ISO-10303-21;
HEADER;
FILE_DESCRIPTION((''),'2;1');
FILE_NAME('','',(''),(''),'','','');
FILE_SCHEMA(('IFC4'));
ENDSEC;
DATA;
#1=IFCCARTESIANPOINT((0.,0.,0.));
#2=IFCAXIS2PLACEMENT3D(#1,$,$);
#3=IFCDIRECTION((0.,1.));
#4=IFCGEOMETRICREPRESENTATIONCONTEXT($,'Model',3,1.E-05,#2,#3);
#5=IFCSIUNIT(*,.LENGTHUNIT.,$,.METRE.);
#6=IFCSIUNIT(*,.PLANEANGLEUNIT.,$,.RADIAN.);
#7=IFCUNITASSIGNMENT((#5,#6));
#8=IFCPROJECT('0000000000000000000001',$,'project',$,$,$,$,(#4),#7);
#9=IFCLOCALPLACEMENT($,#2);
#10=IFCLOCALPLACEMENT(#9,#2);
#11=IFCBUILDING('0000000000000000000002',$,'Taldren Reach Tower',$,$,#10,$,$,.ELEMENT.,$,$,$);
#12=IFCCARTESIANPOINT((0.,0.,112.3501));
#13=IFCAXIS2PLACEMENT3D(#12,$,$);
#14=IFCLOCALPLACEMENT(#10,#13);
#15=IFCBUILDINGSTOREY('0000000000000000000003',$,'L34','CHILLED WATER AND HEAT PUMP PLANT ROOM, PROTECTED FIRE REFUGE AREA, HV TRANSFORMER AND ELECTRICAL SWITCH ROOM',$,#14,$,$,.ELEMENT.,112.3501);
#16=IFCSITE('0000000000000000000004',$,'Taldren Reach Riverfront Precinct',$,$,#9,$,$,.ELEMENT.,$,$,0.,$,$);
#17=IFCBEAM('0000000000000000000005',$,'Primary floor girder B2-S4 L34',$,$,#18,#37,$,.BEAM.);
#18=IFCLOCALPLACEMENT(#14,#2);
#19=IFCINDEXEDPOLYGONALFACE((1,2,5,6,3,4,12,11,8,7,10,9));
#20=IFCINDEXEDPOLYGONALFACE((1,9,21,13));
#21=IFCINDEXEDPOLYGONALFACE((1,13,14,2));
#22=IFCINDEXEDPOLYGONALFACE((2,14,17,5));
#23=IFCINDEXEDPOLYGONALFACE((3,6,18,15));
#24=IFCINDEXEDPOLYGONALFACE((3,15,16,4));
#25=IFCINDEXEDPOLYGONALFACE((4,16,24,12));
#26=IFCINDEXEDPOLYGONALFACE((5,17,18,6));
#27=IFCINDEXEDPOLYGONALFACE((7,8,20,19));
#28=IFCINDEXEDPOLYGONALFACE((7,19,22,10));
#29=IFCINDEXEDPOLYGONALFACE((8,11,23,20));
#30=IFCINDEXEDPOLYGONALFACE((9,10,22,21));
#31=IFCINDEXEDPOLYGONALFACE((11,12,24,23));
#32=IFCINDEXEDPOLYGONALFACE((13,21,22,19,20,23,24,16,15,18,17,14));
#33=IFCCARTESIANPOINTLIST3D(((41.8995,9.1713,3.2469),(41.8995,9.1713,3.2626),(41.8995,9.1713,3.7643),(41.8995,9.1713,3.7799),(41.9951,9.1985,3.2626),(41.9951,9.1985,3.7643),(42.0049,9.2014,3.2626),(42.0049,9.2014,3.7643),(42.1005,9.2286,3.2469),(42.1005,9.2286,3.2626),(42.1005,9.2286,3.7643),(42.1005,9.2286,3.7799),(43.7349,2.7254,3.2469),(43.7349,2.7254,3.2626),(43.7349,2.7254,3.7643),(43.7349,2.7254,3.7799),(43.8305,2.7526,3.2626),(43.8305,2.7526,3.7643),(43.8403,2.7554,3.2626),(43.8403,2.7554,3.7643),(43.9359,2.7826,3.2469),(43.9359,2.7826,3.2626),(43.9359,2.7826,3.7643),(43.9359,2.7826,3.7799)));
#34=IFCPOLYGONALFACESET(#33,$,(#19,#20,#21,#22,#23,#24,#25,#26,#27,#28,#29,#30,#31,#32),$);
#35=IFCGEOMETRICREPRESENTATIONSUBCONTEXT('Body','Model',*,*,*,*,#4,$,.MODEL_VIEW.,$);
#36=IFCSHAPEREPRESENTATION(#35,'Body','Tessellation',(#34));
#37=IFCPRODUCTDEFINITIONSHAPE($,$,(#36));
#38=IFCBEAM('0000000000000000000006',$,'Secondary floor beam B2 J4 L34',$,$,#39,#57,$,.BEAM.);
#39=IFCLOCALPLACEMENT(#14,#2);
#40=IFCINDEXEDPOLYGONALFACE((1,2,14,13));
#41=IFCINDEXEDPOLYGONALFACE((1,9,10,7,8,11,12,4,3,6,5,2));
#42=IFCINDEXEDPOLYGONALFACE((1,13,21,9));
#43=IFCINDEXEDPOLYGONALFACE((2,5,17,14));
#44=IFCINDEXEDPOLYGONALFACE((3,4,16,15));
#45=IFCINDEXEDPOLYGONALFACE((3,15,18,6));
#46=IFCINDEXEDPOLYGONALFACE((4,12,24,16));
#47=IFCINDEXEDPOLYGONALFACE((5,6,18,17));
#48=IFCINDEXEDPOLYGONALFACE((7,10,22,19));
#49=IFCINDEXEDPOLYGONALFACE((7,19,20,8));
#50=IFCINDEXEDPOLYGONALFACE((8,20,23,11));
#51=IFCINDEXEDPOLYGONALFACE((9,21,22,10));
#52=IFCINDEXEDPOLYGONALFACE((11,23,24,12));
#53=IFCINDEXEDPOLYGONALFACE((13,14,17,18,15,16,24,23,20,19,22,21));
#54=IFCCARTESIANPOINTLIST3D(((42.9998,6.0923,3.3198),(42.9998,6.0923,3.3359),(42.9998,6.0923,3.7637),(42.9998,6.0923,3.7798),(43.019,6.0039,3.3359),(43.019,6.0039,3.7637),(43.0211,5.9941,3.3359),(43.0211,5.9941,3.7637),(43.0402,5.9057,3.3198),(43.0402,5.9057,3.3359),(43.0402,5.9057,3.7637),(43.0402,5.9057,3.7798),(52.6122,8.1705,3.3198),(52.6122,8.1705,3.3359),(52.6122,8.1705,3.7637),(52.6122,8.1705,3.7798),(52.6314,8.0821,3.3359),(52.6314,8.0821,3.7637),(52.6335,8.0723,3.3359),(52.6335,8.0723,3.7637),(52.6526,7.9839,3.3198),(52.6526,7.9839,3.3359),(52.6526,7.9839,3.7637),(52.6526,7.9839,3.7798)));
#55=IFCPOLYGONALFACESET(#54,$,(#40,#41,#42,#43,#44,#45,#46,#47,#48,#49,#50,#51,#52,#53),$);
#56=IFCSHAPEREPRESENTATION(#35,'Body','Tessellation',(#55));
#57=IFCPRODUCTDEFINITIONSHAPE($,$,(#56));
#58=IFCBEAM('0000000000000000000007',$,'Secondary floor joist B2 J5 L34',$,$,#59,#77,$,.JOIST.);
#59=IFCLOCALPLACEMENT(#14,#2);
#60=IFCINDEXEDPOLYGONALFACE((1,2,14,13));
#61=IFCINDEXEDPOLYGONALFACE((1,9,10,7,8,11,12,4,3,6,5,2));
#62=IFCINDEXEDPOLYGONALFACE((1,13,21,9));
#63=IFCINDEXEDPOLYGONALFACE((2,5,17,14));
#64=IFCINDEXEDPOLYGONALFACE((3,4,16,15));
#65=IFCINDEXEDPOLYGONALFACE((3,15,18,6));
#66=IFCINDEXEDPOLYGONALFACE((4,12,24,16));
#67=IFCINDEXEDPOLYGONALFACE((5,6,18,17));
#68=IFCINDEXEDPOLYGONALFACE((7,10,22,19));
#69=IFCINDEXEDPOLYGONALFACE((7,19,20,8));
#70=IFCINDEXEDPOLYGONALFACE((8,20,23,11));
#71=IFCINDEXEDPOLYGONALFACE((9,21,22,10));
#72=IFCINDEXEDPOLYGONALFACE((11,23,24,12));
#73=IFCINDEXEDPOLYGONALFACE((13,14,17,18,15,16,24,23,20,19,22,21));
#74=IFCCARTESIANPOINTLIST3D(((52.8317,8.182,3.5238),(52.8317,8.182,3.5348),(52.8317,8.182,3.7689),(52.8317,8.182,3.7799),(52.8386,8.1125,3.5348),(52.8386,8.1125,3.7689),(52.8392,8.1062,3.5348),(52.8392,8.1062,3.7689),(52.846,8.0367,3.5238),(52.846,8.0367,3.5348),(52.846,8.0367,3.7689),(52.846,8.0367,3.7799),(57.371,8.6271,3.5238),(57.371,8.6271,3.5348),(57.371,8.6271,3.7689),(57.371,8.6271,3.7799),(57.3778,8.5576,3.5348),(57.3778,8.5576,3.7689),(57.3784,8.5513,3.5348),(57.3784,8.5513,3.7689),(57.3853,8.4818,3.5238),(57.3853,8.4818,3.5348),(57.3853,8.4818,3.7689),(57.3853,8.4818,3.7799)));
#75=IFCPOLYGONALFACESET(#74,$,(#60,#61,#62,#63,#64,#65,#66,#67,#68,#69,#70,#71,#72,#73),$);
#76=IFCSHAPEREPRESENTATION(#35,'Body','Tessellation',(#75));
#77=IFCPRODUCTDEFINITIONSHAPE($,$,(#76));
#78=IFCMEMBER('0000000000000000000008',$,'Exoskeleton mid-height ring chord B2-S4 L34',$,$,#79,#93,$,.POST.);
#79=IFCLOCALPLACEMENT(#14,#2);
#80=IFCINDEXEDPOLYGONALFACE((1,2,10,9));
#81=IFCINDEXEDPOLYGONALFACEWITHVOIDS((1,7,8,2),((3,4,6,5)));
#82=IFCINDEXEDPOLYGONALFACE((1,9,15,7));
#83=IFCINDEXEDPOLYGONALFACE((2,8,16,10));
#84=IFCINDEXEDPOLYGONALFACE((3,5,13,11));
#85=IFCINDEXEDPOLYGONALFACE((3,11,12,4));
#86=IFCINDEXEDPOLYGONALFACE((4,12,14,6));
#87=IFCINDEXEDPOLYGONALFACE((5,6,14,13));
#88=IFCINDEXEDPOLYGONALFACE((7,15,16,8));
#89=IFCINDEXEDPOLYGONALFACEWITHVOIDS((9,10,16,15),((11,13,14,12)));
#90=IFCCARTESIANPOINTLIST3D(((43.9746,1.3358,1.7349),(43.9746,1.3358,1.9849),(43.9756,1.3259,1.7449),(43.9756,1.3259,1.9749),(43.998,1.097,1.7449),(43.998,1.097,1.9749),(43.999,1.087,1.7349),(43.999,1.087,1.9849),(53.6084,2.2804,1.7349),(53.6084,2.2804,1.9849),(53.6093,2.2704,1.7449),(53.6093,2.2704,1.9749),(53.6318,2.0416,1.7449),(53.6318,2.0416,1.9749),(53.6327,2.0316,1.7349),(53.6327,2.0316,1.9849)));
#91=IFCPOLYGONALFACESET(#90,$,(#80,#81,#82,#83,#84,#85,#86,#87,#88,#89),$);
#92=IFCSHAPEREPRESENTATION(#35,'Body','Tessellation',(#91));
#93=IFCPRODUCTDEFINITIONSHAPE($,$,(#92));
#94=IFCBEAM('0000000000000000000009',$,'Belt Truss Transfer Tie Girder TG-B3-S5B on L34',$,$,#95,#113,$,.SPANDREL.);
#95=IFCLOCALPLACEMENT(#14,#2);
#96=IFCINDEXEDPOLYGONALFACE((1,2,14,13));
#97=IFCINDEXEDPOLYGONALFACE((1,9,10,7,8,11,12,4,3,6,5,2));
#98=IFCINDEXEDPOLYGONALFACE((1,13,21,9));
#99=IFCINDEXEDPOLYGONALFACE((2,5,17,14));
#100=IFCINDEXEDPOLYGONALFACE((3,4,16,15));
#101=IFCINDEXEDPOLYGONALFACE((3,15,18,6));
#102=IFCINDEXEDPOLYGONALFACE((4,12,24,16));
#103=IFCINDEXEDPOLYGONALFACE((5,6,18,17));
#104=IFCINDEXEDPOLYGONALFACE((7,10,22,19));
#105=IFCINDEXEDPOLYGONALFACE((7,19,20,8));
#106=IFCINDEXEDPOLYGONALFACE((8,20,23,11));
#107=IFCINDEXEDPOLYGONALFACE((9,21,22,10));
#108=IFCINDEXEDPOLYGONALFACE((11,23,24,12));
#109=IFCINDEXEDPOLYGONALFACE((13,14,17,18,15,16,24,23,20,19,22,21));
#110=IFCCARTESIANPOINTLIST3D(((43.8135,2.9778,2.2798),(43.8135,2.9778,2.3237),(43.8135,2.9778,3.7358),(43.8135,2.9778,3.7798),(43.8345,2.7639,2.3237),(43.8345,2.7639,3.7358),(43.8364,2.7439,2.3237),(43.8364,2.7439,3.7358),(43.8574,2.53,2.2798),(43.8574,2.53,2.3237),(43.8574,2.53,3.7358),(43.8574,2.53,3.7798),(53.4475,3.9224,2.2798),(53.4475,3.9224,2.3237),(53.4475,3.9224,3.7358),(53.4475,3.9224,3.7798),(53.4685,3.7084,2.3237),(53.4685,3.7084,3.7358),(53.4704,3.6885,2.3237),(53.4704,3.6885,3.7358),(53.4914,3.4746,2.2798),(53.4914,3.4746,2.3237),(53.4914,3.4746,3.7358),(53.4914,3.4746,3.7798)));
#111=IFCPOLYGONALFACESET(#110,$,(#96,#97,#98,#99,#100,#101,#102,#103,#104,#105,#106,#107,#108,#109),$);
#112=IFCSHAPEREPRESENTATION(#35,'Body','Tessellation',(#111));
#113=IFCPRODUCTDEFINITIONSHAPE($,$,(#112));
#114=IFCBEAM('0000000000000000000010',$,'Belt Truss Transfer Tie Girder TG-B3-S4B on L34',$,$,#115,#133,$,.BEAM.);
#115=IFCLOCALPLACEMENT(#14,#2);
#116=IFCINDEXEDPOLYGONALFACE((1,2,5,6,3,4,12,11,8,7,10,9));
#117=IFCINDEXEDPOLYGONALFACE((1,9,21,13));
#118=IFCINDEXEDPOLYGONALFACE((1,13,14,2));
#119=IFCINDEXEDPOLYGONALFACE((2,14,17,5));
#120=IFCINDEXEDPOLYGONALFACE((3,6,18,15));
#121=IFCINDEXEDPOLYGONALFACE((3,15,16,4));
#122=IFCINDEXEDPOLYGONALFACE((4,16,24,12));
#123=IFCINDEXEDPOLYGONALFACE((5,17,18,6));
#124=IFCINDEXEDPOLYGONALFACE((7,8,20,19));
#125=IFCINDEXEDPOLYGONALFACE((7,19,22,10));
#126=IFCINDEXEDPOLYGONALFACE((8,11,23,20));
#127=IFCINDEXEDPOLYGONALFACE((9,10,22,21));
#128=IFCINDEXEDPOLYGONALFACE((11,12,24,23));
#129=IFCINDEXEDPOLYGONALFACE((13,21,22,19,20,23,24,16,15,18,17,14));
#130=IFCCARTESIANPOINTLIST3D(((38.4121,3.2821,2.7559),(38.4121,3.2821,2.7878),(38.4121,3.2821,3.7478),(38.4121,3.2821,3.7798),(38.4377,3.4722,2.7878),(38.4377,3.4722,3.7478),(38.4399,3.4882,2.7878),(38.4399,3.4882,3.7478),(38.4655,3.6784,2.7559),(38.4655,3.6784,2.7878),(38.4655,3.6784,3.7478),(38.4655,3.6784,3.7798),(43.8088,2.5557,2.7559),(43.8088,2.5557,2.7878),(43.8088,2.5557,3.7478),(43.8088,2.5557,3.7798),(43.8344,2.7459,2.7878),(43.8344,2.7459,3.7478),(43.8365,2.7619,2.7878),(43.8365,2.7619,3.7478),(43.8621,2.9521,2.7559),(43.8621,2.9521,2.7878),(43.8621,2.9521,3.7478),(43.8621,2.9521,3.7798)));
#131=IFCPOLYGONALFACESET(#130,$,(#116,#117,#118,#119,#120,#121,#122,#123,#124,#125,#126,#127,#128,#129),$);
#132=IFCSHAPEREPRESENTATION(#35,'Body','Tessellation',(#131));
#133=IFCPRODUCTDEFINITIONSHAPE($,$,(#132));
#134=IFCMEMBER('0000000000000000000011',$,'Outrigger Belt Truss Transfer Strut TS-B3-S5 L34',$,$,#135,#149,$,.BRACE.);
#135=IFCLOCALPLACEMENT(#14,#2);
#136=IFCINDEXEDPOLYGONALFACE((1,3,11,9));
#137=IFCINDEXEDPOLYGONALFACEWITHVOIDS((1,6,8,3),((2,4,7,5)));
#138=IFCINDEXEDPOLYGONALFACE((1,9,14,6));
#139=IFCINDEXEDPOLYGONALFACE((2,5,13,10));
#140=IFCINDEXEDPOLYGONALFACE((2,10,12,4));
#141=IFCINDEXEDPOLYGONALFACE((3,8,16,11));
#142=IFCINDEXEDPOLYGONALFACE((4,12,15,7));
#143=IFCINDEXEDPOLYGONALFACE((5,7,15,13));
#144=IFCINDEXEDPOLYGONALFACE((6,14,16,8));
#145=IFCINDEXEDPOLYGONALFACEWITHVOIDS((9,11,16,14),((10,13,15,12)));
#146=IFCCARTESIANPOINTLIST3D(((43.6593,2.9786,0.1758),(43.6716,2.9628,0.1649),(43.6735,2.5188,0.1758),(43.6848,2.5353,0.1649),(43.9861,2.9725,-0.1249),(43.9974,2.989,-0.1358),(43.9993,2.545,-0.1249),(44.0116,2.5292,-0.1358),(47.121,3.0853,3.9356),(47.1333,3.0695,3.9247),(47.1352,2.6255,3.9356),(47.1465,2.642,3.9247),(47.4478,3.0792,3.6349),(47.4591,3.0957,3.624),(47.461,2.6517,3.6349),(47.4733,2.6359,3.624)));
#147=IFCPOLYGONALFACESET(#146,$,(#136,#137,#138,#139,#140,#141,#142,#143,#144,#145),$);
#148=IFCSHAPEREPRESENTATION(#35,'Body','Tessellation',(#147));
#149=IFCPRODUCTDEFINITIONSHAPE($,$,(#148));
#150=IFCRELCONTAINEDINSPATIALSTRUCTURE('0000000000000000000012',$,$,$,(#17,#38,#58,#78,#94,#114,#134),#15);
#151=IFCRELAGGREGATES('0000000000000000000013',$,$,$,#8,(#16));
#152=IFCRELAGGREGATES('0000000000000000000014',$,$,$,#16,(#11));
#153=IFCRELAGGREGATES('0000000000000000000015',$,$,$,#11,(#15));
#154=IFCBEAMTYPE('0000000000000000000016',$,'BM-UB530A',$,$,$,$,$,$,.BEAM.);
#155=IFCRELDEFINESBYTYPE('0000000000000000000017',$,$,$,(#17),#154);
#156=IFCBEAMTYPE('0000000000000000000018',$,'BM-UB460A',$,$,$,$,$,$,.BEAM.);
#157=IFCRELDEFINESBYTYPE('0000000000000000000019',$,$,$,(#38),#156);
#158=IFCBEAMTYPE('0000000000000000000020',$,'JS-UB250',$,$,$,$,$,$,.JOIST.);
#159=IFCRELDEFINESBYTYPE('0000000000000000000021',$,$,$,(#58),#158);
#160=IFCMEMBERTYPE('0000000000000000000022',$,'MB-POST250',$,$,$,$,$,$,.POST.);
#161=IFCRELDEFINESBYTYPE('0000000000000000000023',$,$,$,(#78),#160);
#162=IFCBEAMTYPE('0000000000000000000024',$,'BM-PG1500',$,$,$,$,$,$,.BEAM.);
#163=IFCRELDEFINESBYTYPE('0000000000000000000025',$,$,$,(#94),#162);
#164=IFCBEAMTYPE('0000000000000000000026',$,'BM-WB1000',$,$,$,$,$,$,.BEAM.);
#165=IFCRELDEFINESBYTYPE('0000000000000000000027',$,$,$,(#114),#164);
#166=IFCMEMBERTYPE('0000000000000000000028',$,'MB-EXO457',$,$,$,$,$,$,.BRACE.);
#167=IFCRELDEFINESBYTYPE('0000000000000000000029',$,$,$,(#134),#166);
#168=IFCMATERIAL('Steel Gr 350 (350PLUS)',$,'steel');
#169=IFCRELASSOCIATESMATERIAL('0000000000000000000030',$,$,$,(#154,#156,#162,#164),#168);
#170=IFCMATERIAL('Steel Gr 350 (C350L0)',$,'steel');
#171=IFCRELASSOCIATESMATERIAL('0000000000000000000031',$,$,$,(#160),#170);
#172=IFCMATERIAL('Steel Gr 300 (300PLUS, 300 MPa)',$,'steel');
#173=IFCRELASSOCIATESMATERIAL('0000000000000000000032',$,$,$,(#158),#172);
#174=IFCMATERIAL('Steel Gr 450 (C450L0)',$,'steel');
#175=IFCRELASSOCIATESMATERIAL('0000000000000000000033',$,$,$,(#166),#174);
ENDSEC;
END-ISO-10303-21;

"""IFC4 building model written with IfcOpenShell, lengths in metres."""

from ifc_helpers import new_model, si_unit, direction, frame, origin, origin_2d, place, context, subcontext, project, spatial, hollow_rectangle, i_section, extrude, source, transform, mapped, material, material_profile, profile_set, type_object, element, save


model = new_model("IFC4")

# Units and contexts
model_context = context("Model", 3, precision=1e-05, world=origin(), true_north=direction((0.0, 1.0)))
body_context = subcontext(model_context, "Body", "Model", "MODEL_VIEW")
ifc_project = project(units=[si_unit("LENGTHUNIT", "METRE"), si_unit("PLANEANGLEUNIT", "RADIAN")], contexts=[model_context])

# Site, building, storey
site_placement = place(None, origin())
site = spatial("IfcSite", under=ifc_project, at=site_placement, Name="Taldren Reach Riverfront Precinct", CompositionType="ELEMENT", RefElevation=0.0)
building_placement = place(site_placement, origin())
building = spatial("IfcBuilding", under=site, at=building_placement, Name="Taldren Reach Tower", CompositionType="ELEMENT")
storey_placement = place(building_placement, frame((0.0, 0.0, 112.3501)))
storey = spatial("IfcBuildingStorey", under=building, at=storey_placement, Name="L34", Description="CHILLED WATER AND HEAT PUMP PLANT ROOM, PROTECTED FIRE REFUGE AREA, HV TRANSFORMER AND ELECTRICAL SWITCH ROOM", CompositionType="ELEMENT", Elevation=112.3501)

# Shared definitions
ifc_material_1 = material(Name="Steel Gr 350 (350PLUS)", Category="steel")

# Shared definitions
ifc_material_profile_1 = material_profile(ifc_material_1, i_section(OverallWidth=0.209, OverallDepth=0.533, WebThickness=0.0103, FlangeThickness=0.0156, at=origin_2d()), Name="530UB92.4")
ifc_profile_set_1 = profile_set([ifc_material_profile_1], Name="Steel Gr 350 (350PLUS)")
beam_type_1 = type_object("IfcBeamType", Name="BM-UB530A", PredefinedType="BEAM", material=ifc_profile_set_1)

# Shared definitions
ifc_material_2 = material(Name="Steel Gr 450 (C450L0)", Category="steel")
ifc_material_3 = material(Name="Steel Gr 350 (C350L0)", Category="steel")
ifc_material_profile_2 = material_profile(ifc_material_3, hollow_rectangle(XDim=0.25, YDim=0.25, WallThickness=0.01, at=origin_2d()), Name="250x250x10.0SHS")
ifc_profile_set_2 = profile_set([ifc_material_profile_2], Name="Steel Gr 350 (C350L0)")
member_type_1 = type_object("IfcMemberType", Name="MB-POST250", PredefinedType="POST", material=ifc_profile_set_2)

# Beams
shared_shape_1 = source(origin(), body_context, "Body", "SweptSolid", [
    extrude(i_section(OverallWidth=0.209, OverallDepth=0.533, WebThickness=0.0103, FlangeThickness=0.0156, at=origin_2d()), origin(), (0.0, 0.0, 1.0), 6.7021),
])
beam_1_placement = place(storey_placement, frame((42.0, 9.2, 3.5134), z_axis=(0.273855, -0.961771, 0.0), x_axis=(0.961771, 0.273855, 0.0)))
element("IfcBeam", 1, at=beam_1_placement, inside=storey, type_object=beam_type_1, Name="Primary floor girder B2-S4 L34", PredefinedType="BEAM", context=body_context, shape_type="MappedRepresentation", body=[
    mapped(shared_shape_1, transform((0.0, 0.0, 0.0), scale=1.0)),
])
ifc_material_profile_3 = material_profile(ifc_material_1, i_section(OverallWidth=0.1909, OverallDepth=0.46, WebThickness=0.01, FlangeThickness=0.0161, at=origin_2d()), Name="460UB82.1")
ifc_profile_set_3 = profile_set([ifc_material_profile_3], Name="Steel Gr 350 (350PLUS)")
beam_type_2 = type_object("IfcBeamType", Name="BM-UB460A", PredefinedType="BEAM", material=ifc_profile_set_3)
shared_shape_2 = source(origin(), body_context, "Body", "SweptSolid", [
    extrude(i_section(OverallWidth=0.1909, OverallDepth=0.46, WebThickness=0.01, FlangeThickness=0.0161, at=origin_2d()), origin(), (0.0, 0.0, 1.0), 9.8345),
])
beam_2_placement = place(storey_placement, frame((43.02, 5.999, 3.5498), z_axis=(0.977419, 0.211312, 0.0), x_axis=(-0.211312, 0.977419, 0.0)))
element("IfcBeam", 2, at=beam_2_placement, inside=storey, type_object=beam_type_2, Name="Secondary floor beam B2 J4 L34", PredefinedType="BEAM", context=body_context, shape_type="MappedRepresentation", body=[
    mapped(shared_shape_2, transform((0.0, 0.0, 0.0), scale=1.0)),
])
ifc_material_4 = material(Name="Steel Gr 300 (300PLUS, 300 MPa)", Category="steel")
ifc_material_profile_4 = material_profile(ifc_material_4, i_section(OverallWidth=0.146, OverallDepth=0.2561, WebThickness=0.0063, FlangeThickness=0.011, at=origin_2d()), Name="250UB37.3")
ifc_profile_set_4 = profile_set([ifc_material_profile_4], Name="Steel Gr 300 (300PLUS, 300 MPa)")
beam_type_3 = type_object("IfcBeamType", Name="JS-UB250", PredefinedType="JOIST", material=ifc_profile_set_4)
shared_shape_3 = source(origin(), body_context, "Body", "SweptSolid", [
    extrude(i_section(OverallWidth=0.146, OverallDepth=0.2561, WebThickness=0.0063, FlangeThickness=0.011, at=origin_2d()), origin(), (0.0, 0.0, 1.0), 4.561),
])
beam_3_placement = place(storey_placement, frame((52.8389, 8.1094, 3.6519), z_axis=(0.995228, 0.09758, 0.0), x_axis=(-0.09758, 0.995228, 0.0)))
element("IfcBeam", 3, at=beam_3_placement, inside=storey, type_object=beam_type_3, Name="Secondary floor joist B2 J5 L34", PredefinedType="JOIST", context=body_context, shape_type="MappedRepresentation", body=[
    mapped(shared_shape_3, transform((0.0, 0.0, 0.0), scale=1.0)),
])

# Member
shared_shape_4 = source(origin(), body_context, "Body", "SweptSolid", [
    extrude(hollow_rectangle(XDim=0.25, YDim=0.25, WallThickness=0.01, at=origin_2d()), origin(), (0.0, 0.0, 1.0), 9.6799),
])
member_1_placement = place(storey_placement, frame((43.9868, 1.2114, 1.8599), z_axis=(0.995228, 0.097581, 0.0), x_axis=(-0.097581, 0.995228, 0.0)))
element("IfcMember", 4, at=member_1_placement, inside=storey, type_object=member_type_1, Name="Exoskeleton mid-height ring chord B2-S4 L34", PredefinedType="POST", context=body_context, shape_type="MappedRepresentation", body=[
    mapped(shared_shape_4, transform((0.0, 0.0, 0.0), scale=1.0)),
])

# Beams
ifc_material_profile_5 = material_profile(ifc_material_1, i_section(OverallWidth=0.45, OverallDepth=1.5, WebThickness=0.02, FlangeThickness=0.0439, at=origin_2d()), Name="1500WB550")
ifc_profile_set_5 = profile_set([ifc_material_profile_5], Name="Steel Gr 350 (350PLUS)")
beam_type_4 = type_object("IfcBeamType", Name="BM-PG1500", PredefinedType="BEAM", material=ifc_profile_set_5)
shared_shape_5 = source(origin(), body_context, "Body", "SweptSolid", [
    extrude(i_section(OverallWidth=0.45, OverallDepth=1.5, WebThickness=0.02, FlangeThickness=0.0439, at=origin_2d()), origin(), (0.0, 0.0, 1.0), 9.6802),
])
beam_4_placement = place(storey_placement, frame((43.8354, 2.7539, 3.0298), z_axis=(0.995228, 0.097578, 0.0), x_axis=(-0.097578, 0.995228, 0.0)))
element("IfcBeam", 5, at=beam_4_placement, inside=storey, type_object=beam_type_4, Name="Belt Truss Transfer Tie Girder TG-B3-S5B on L34", PredefinedType="SPANDREL", context=body_context, shape_type="MappedRepresentation", body=[
    mapped(shared_shape_5, transform((0.0, 0.0, 0.0), scale=1.0)),
])
ifc_material_profile_6 = material_profile(ifc_material_1, i_section(OverallWidth=0.3999, OverallDepth=1.0239, WebThickness=0.0161, FlangeThickness=0.032, at=origin_2d()), Name="1000WB322")
ifc_profile_set_6 = profile_set([ifc_material_profile_6], Name="Steel Gr 350 (350PLUS)")
beam_type_5 = type_object("IfcBeamType", Name="BM-WB1000", PredefinedType="BEAM", material=ifc_profile_set_6)
shared_shape_6 = source(origin(), body_context, "Body", "SweptSolid", [
    extrude(i_section(OverallWidth=0.3999, OverallDepth=1.0239, WebThickness=0.0161, FlangeThickness=0.032, at=origin_2d()), origin(), (0.0, 0.0, 1.0), 5.4453),
])
beam_5_placement = place(storey_placement, frame((43.8354, 2.7539, 3.2678), z_axis=(-0.991065, 0.133382, 0.0), x_axis=(-0.133382, -0.991065, 0.0)))
element("IfcBeam", 6, at=beam_5_placement, inside=storey, type_object=beam_type_5, Name="Belt Truss Transfer Tie Girder TG-B3-S4B on L34", PredefinedType="BEAM", context=body_context, shape_type="MappedRepresentation", body=[
    mapped(shared_shape_6, transform((0.0, 0.0, 0.0), scale=1.0)),
])

# Member
ifc_material_profile_7 = material_profile(ifc_material_2, hollow_rectangle(XDim=0.46, YDim=0.46, WallThickness=0.0161, at=origin_2d()), Name="460x460x16.0SHS")
ifc_profile_set_7 = profile_set([ifc_material_profile_7], Name="Steel Gr 450 (C450L0)")
member_type_2 = type_object("IfcMemberType", Name="MB-EXO457", PredefinedType="BRACE", material=ifc_profile_set_7)
shared_shape_7 = source(origin(), body_context, "Body", "SweptSolid", [
    extrude(hollow_rectangle(XDim=0.46, YDim=0.46, WallThickness=0.0161, at=origin_2d()), origin(), (0.0, 0.0, 1.0), 5.1118),
])
member_2_placement = place(storey_placement, frame((43.8354, 2.7539, 0.02), z_axis=(0.677194, 0.020871, 0.735509), x_axis=(-0.030806, 0.999525, 0.0)))
element("IfcMember", 7, at=member_2_placement, inside=storey, type_object=member_type_2, Name="Outrigger Belt Truss Transfer Strut TS-B3-S5 L34", PredefinedType="BRACE", context=body_context, shape_type="MappedRepresentation", body=[
    mapped(shared_shape_7, transform((0.0, 0.0, 0.0), scale=1.0)),
])

save(model, "model.ifc")
